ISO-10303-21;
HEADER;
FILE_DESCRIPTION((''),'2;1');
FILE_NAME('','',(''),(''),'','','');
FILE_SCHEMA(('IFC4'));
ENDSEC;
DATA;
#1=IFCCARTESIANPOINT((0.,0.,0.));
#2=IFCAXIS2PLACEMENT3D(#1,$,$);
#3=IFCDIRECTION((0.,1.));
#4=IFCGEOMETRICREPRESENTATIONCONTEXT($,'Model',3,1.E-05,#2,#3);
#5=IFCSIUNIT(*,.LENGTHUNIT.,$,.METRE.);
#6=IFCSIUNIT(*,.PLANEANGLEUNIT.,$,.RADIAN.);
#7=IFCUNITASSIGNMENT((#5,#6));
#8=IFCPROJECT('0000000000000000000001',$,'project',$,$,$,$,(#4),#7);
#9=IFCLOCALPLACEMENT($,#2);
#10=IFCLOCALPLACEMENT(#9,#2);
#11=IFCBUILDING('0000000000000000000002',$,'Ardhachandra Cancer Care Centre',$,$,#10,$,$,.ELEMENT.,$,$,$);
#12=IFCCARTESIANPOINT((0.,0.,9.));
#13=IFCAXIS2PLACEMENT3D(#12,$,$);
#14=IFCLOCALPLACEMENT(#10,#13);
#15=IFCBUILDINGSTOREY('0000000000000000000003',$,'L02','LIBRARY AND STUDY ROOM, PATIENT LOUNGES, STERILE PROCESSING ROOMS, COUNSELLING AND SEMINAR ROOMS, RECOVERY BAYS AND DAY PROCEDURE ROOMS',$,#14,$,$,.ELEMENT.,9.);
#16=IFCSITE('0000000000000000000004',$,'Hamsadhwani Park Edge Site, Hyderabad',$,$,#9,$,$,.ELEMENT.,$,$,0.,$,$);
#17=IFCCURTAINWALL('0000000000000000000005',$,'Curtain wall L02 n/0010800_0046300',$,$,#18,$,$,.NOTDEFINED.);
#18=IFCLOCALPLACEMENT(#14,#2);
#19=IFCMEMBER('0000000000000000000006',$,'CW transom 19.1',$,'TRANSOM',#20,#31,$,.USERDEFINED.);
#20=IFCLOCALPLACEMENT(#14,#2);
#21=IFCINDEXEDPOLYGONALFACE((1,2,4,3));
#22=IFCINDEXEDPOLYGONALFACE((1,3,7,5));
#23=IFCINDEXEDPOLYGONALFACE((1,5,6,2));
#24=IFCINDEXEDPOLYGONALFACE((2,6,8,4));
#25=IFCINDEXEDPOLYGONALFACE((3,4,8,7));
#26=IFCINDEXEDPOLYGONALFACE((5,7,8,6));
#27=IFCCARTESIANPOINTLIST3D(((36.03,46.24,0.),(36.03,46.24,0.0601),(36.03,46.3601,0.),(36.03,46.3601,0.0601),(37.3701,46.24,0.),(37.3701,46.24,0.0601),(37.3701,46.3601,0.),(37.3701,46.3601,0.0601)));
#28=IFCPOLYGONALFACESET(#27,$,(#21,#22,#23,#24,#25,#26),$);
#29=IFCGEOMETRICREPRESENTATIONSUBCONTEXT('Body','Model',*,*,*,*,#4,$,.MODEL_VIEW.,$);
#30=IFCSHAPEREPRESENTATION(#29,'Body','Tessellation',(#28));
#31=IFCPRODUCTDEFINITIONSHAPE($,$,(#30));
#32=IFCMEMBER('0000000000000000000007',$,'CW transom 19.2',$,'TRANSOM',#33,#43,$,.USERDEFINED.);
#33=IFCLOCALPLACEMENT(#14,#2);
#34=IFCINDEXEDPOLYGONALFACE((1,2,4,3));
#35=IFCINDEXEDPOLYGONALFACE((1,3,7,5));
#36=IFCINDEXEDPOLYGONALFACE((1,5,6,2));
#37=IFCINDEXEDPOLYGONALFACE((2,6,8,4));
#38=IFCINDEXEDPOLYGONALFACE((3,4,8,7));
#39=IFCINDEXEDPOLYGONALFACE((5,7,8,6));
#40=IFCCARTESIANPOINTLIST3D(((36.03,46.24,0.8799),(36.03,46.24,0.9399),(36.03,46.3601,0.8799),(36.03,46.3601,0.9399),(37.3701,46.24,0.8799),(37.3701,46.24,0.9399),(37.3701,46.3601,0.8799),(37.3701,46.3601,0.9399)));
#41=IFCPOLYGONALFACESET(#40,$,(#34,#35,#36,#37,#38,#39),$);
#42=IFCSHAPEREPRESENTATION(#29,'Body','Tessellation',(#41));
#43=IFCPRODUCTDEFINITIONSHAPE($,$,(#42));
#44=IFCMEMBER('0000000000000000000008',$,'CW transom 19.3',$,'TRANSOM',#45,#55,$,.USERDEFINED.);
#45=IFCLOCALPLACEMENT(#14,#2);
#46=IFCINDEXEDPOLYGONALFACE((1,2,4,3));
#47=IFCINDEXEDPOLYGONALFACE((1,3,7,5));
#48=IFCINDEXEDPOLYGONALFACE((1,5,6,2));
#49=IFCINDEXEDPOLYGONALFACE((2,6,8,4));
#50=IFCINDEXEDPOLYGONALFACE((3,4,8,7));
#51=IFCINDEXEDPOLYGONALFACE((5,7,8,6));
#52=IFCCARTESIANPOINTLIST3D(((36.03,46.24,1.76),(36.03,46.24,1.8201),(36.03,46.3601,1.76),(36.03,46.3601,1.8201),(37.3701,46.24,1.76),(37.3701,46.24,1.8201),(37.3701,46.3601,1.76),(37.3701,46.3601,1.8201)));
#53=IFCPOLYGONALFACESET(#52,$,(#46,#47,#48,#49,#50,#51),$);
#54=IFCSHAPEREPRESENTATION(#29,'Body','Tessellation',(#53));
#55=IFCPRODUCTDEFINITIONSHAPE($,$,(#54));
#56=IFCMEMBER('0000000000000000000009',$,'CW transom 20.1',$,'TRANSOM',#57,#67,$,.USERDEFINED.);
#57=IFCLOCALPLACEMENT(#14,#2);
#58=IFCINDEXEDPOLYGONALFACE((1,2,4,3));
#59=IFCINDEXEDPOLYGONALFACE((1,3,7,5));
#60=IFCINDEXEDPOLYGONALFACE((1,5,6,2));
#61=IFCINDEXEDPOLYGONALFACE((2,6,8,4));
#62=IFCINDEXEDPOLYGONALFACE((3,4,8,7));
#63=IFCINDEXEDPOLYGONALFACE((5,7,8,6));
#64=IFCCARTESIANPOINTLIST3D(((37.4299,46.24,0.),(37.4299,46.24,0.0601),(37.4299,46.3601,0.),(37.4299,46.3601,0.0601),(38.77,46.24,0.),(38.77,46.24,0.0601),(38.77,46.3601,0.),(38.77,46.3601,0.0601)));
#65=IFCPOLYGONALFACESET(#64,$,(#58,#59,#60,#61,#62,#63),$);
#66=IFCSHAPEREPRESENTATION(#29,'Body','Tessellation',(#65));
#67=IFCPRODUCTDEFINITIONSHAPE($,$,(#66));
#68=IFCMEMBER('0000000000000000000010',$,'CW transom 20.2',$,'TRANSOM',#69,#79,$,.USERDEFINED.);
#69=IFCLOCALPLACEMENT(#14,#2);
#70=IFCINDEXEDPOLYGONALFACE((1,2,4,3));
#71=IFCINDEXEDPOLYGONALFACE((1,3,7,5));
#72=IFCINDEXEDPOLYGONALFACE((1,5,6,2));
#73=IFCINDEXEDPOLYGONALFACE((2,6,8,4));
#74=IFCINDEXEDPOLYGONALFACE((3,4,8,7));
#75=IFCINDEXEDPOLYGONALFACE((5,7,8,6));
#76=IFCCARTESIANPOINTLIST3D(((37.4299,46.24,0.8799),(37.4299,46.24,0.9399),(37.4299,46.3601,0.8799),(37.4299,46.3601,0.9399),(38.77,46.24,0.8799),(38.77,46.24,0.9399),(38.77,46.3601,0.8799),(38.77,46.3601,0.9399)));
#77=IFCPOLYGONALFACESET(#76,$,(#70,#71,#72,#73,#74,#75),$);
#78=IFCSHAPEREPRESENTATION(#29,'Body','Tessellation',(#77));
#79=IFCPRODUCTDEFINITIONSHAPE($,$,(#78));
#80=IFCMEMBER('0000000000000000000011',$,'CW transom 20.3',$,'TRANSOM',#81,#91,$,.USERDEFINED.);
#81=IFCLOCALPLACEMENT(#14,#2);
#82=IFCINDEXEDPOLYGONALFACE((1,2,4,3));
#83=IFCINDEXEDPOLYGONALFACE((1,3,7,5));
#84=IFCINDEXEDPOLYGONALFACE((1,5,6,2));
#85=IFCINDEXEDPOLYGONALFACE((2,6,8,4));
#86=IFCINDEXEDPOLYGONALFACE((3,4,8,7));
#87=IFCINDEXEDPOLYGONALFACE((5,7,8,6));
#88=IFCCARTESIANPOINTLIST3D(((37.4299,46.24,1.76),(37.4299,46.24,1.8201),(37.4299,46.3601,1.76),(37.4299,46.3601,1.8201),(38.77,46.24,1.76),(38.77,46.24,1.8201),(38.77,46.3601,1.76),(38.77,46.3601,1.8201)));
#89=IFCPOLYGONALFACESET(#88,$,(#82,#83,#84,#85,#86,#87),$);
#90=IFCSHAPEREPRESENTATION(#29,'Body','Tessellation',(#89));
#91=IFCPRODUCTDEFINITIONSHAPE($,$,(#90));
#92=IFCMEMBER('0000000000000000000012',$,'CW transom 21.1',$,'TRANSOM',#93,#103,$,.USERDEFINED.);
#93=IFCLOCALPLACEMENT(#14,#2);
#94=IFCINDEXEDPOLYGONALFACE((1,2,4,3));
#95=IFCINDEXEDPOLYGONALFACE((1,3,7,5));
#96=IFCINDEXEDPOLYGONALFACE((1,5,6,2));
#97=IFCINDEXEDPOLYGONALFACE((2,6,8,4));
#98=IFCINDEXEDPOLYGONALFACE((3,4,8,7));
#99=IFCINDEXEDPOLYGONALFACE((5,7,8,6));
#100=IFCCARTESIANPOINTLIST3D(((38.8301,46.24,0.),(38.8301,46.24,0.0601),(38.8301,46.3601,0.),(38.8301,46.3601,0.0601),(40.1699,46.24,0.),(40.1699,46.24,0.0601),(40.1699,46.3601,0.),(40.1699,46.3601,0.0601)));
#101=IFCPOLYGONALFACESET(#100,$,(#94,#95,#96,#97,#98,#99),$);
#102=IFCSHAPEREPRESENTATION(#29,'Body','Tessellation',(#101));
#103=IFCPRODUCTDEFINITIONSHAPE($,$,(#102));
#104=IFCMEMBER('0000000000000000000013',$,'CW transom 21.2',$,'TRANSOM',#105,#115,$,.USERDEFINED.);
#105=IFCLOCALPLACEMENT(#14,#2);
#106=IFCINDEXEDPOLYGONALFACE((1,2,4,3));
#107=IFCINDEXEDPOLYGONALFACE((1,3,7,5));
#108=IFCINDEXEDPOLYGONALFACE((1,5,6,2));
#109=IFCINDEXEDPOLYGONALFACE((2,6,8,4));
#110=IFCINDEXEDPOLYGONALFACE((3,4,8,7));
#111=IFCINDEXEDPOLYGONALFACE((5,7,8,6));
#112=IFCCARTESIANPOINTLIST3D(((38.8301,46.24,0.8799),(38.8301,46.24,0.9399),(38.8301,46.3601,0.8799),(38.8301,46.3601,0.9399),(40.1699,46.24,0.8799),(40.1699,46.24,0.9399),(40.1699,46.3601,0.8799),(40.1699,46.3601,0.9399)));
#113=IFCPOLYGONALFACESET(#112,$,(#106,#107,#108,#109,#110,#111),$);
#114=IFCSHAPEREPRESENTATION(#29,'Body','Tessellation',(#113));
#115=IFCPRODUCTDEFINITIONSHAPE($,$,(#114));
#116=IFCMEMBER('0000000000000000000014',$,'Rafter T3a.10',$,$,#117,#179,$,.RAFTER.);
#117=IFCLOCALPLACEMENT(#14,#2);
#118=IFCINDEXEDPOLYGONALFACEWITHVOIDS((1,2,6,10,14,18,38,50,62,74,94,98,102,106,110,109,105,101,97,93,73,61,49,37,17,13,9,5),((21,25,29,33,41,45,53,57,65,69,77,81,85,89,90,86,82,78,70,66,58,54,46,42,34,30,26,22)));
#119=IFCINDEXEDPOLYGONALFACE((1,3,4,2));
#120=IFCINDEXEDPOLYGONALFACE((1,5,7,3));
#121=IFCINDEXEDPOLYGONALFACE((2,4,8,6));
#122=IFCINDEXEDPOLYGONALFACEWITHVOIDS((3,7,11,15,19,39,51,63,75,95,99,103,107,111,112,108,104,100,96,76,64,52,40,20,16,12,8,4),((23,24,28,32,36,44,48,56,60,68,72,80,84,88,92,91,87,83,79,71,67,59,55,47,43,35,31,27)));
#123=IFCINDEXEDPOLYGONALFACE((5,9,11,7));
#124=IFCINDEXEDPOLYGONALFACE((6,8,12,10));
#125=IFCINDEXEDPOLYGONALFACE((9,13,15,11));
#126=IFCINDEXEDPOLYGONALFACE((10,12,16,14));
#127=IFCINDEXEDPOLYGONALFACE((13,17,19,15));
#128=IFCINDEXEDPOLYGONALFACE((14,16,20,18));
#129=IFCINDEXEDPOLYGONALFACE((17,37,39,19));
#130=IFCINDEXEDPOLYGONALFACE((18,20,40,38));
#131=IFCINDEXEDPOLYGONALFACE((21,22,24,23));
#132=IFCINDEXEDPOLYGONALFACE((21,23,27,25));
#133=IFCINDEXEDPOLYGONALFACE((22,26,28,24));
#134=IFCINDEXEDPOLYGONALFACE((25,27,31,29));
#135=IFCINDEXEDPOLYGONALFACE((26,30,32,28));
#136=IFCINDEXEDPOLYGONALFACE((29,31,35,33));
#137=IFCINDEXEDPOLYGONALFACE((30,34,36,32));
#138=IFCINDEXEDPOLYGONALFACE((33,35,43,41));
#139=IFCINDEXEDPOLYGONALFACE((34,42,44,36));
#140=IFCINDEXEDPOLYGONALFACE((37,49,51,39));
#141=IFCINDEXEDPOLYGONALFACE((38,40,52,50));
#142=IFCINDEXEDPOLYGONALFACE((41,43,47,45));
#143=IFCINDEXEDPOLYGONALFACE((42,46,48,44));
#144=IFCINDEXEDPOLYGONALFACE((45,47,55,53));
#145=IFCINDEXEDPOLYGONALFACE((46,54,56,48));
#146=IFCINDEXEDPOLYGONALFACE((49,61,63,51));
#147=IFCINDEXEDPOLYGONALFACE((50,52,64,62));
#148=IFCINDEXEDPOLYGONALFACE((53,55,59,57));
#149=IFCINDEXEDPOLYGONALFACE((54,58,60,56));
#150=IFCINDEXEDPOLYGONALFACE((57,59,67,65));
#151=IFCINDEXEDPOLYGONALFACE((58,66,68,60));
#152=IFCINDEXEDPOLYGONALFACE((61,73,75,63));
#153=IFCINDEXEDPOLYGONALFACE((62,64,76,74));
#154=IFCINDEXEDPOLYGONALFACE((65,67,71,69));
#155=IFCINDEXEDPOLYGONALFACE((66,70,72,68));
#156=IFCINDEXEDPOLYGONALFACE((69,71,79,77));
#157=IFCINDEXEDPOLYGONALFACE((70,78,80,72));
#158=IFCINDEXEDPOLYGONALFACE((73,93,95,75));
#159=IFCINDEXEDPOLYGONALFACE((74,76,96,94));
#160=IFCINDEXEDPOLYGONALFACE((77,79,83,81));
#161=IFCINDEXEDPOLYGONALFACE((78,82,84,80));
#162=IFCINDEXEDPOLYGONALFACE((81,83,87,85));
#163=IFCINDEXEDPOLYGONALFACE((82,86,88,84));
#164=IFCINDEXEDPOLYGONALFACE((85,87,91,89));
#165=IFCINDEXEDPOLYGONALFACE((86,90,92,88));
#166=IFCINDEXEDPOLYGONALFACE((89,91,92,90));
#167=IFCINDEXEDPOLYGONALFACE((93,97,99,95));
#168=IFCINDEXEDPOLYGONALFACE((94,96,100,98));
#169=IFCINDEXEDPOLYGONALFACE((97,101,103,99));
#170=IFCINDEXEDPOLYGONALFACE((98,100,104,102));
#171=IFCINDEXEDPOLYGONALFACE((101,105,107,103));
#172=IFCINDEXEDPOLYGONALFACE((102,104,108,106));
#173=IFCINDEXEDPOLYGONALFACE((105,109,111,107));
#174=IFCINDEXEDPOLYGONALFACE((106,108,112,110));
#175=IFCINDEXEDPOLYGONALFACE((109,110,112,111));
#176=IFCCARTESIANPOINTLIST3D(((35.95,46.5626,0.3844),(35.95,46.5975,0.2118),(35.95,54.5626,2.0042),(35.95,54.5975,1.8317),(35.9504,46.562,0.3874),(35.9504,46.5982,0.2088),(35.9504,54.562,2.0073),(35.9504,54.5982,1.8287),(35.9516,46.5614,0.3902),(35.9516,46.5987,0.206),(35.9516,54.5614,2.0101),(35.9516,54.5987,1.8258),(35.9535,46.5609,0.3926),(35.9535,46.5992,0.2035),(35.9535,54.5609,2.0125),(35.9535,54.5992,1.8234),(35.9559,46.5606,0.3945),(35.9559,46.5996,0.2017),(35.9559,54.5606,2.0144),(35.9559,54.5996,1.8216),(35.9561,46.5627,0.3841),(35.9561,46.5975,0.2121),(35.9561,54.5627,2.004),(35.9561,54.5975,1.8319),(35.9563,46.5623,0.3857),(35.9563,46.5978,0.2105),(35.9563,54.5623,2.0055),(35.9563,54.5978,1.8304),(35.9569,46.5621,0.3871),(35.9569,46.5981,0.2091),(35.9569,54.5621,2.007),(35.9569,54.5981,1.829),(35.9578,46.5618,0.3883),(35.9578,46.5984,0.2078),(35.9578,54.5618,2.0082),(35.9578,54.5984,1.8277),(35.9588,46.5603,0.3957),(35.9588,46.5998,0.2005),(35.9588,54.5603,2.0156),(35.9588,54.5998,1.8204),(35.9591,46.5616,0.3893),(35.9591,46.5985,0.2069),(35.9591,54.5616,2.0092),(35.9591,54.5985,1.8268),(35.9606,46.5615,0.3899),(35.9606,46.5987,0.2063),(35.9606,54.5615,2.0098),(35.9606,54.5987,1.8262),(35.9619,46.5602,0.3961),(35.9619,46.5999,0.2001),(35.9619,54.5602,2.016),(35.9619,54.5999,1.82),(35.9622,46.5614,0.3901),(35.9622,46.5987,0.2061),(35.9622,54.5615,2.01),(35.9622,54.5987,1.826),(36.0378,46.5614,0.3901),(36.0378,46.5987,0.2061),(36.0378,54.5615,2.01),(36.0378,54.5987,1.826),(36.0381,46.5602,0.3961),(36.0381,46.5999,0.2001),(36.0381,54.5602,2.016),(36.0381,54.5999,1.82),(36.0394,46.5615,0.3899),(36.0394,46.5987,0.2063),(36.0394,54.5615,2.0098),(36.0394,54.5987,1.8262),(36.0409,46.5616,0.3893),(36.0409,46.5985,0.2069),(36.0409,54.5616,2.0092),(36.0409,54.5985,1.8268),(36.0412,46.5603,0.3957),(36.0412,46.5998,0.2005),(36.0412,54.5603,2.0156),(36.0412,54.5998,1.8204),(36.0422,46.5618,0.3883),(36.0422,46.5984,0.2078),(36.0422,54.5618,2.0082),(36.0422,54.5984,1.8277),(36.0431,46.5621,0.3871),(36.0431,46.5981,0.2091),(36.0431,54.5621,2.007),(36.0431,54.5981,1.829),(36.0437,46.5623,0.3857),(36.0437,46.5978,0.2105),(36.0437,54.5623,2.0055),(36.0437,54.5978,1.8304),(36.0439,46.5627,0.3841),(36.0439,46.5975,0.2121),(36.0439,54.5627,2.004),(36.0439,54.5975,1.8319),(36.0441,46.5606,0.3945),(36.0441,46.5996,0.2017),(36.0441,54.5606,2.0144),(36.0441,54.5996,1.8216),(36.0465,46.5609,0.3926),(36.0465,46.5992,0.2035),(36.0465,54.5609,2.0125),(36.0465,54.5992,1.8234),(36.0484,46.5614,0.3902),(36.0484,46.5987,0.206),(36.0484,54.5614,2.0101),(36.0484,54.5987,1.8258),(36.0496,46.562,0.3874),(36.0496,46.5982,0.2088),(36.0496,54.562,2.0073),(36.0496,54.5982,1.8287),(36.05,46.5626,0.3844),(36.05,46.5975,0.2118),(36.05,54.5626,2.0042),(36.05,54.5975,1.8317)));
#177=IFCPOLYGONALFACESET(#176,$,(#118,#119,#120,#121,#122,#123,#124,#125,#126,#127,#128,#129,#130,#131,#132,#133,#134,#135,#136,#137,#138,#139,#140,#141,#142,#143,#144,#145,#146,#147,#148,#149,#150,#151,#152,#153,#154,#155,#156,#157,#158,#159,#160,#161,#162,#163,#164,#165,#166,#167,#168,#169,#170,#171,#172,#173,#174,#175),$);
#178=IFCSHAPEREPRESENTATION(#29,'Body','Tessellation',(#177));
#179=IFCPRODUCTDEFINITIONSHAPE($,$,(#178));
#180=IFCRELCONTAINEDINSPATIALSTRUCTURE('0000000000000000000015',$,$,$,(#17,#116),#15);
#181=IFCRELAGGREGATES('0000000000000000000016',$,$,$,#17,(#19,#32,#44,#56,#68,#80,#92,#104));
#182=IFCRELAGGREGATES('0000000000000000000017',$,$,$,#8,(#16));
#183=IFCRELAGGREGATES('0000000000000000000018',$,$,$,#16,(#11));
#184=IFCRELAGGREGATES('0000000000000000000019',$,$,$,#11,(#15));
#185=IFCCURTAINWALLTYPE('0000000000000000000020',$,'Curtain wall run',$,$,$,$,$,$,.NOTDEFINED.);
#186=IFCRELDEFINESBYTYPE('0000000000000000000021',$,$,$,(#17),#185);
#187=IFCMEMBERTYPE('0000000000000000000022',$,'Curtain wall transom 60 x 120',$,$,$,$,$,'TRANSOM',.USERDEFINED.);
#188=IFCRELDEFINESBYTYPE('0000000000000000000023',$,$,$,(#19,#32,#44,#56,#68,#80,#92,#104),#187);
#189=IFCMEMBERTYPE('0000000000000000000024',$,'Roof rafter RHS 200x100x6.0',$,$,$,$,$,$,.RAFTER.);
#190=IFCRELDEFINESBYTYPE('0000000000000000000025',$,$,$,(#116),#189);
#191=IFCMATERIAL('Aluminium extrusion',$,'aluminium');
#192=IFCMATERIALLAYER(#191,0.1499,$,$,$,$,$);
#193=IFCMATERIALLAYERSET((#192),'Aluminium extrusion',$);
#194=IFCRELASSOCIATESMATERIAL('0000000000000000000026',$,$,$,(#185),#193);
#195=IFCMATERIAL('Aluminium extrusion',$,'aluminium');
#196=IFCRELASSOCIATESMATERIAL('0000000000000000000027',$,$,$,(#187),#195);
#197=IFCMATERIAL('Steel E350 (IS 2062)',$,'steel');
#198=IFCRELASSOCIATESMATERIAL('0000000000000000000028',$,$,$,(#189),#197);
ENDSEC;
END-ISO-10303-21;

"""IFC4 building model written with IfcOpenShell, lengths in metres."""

from ifc_helpers import new_model, si_unit, direction, frame, origin, origin_2d, place, context, subcontext, project, spatial, rectangle, hollow_rectangle, extrude, material, layer, layer_set, material_profile, profile_set, type_object, element, aggregate, save


model = new_model("IFC4")

# Units and contexts
model_context = context("Model", 3, precision=1e-05, world=origin(), true_north=direction((0.0, 1.0)))
body_context = subcontext(model_context, "Body", "Model", "MODEL_VIEW")
ifc_project = project(units=[si_unit("LENGTHUNIT", "METRE"), si_unit("PLANEANGLEUNIT", "RADIAN")], contexts=[model_context])

# Site, building, storey
site_placement = place(None, origin())
site = spatial("IfcSite", under=ifc_project, at=site_placement, Name="Hamsadhwani Park Edge Site, Hyderabad", CompositionType="ELEMENT", RefElevation=0.0)
building_placement = place(site_placement, origin())
building = spatial("IfcBuilding", under=site, at=building_placement, Name="Ardhachandra Cancer Care Centre", CompositionType="ELEMENT")
storey_placement = place(building_placement, frame((0.0, 0.0, 9.0)))
storey = spatial("IfcBuildingStorey", under=building, at=storey_placement, Name="L02", Description="LIBRARY AND STUDY ROOM, PATIENT LOUNGES, STERILE PROCESSING ROOMS, COUNSELLING AND SEMINAR ROOMS, RECOVERY BAYS AND DAY PROCEDURE ROOMS", CompositionType="ELEMENT", Elevation=9.0)

# Curtain wall, members
ifc_material_1 = material(Name="Aluminium extrusion", Category="aluminium")
ifc_layer_1 = layer(ifc_material_1, 0.1499)
ifc_layer_set_1 = layer_set([ifc_layer_1], Name="Aluminium extrusion")
curtain_wall_type = type_object("IfcCurtainWallType", Name="Curtain wall run", PredefinedType="NOTDEFINED", material=ifc_layer_set_1)
curtain_wall_placement = place(storey_placement, origin())
curtain_wall = element("IfcCurtainWall", 1, at=curtain_wall_placement, inside=storey, type_object=curtain_wall_type, Name="Curtain wall L02 n/0010800_0046300", PredefinedType="NOTDEFINED")
ifc_material_2 = material(Name="Aluminium extrusion", Category="aluminium")
ifc_material_profile_1 = material_profile(ifc_material_2, rectangle(XDim=0.1201, YDim=0.0601, at=origin_2d()), Name="Curtain wall transom 60 x 120")
ifc_profile_set_1 = profile_set([ifc_material_profile_1], Name="Aluminium extrusion")
member_type_1 = type_object("IfcMemberType", Name="Curtain wall transom 60 x 120", ElementType="TRANSOM", PredefinedType="USERDEFINED", material=ifc_profile_set_1)
member_1_placement = place(storey_placement, frame((36.03, 46.3, 0.03), z_axis=(1.0, 0.0, 0.0), x_axis=(0.0, 1.0, 0.0)))
member_1 = element("IfcMember", 2, at=member_1_placement, type_object=member_type_1, Name="CW transom 19.1", ObjectType="TRANSOM", PredefinedType="USERDEFINED", context=body_context, shape_type="SweptSolid", body=[
    extrude(rectangle(XDim=0.1201, YDim=0.0601, at=origin_2d()), origin(), (0.0, 0.0, 1.0), 1.3401),
])
member_2_placement = place(storey_placement, frame((36.03, 46.3, 0.9099), z_axis=(1.0, 0.0, 0.0), x_axis=(0.0, 1.0, 0.0)))
member_2 = element("IfcMember", 3, at=member_2_placement, type_object=member_type_1, Name="CW transom 19.2", ObjectType="TRANSOM", PredefinedType="USERDEFINED", context=body_context, shape_type="SweptSolid", body=[
    extrude(rectangle(XDim=0.1201, YDim=0.0601, at=origin_2d()), origin(), (0.0, 0.0, 1.0), 1.3401),
])
member_3_placement = place(storey_placement, frame((36.03, 46.3, 1.79), z_axis=(1.0, 0.0, 0.0), x_axis=(0.0, 1.0, 0.0)))
member_3 = element("IfcMember", 4, at=member_3_placement, type_object=member_type_1, Name="CW transom 19.3", ObjectType="TRANSOM", PredefinedType="USERDEFINED", context=body_context, shape_type="SweptSolid", body=[
    extrude(rectangle(XDim=0.1201, YDim=0.0601, at=origin_2d()), origin(), (0.0, 0.0, 1.0), 1.3401),
])
member_4_placement = place(storey_placement, frame((37.4299, 46.3, 0.03), z_axis=(1.0, 0.0, 0.0), x_axis=(0.0, 1.0, 0.0)))
member_4 = element("IfcMember", 5, at=member_4_placement, type_object=member_type_1, Name="CW transom 20.1", ObjectType="TRANSOM", PredefinedType="USERDEFINED", context=body_context, shape_type="SweptSolid", body=[
    extrude(rectangle(XDim=0.1201, YDim=0.0601, at=origin_2d()), origin(), (0.0, 0.0, 1.0), 1.3401),
])
member_5_placement = place(storey_placement, frame((37.4299, 46.3, 0.9099), z_axis=(1.0, 0.0, 0.0), x_axis=(0.0, 1.0, 0.0)))
member_5 = element("IfcMember", 6, at=member_5_placement, type_object=member_type_1, Name="CW transom 20.2", ObjectType="TRANSOM", PredefinedType="USERDEFINED", context=body_context, shape_type="SweptSolid", body=[
    extrude(rectangle(XDim=0.1201, YDim=0.0601, at=origin_2d()), origin(), (0.0, 0.0, 1.0), 1.3401),
])
member_6_placement = place(storey_placement, frame((37.4299, 46.3, 1.79), z_axis=(1.0, 0.0, 0.0), x_axis=(0.0, 1.0, 0.0)))
member_6 = element("IfcMember", 7, at=member_6_placement, type_object=member_type_1, Name="CW transom 20.3", ObjectType="TRANSOM", PredefinedType="USERDEFINED", context=body_context, shape_type="SweptSolid", body=[
    extrude(rectangle(XDim=0.1201, YDim=0.0601, at=origin_2d()), origin(), (0.0, 0.0, 1.0), 1.3401),
])
member_7_placement = place(storey_placement, frame((38.8301, 46.3, 0.03), z_axis=(1.0, 0.0, 0.0), x_axis=(0.0, 1.0, 0.0)))
member_7 = element("IfcMember", 8, at=member_7_placement, type_object=member_type_1, Name="CW transom 21.1", ObjectType="TRANSOM", PredefinedType="USERDEFINED", context=body_context, shape_type="SweptSolid", body=[
    extrude(rectangle(XDim=0.1201, YDim=0.0601, at=origin_2d()), origin(), (0.0, 0.0, 1.0), 1.3398),
])
member_8_placement = place(storey_placement, frame((38.8301, 46.3, 0.9099), z_axis=(1.0, 0.0, 0.0), x_axis=(0.0, 1.0, 0.0)))
member_8 = element("IfcMember", 9, at=member_8_placement, type_object=member_type_1, Name="CW transom 21.2", ObjectType="TRANSOM", PredefinedType="USERDEFINED", context=body_context, shape_type="SweptSolid", body=[
    extrude(rectangle(XDim=0.1201, YDim=0.0601, at=origin_2d()), origin(), (0.0, 0.0, 1.0), 1.3398),
])

# Member
ifc_material_3 = material(Name="Steel E350 (IS 2062)", Category="steel")
ifc_material_profile_2 = material_profile(ifc_material_3, hollow_rectangle(XDim=0.1001, YDim=0.2, WallThickness=0.0061, InnerFilletRadius=0.0061, OuterFilletRadius=0.012, at=origin_2d()), Name="RHS 200x100x6.0")
ifc_profile_set_2 = profile_set([ifc_material_profile_2], Name="Steel E350 (IS 2062)")
member_type_2 = type_object("IfcMemberType", Name="Roof rafter RHS 200x100x6.0", PredefinedType="RAFTER", material=ifc_profile_set_2)
for number, where, z_axis, x_axis, name in (
    (10, (36.0, 46.5801, 0.2981), (0.0, 0.98011, 0.198457), (-1.0, 0.0, 0.0), "Rafter T3a.10"),
):
    element("IfcMember", number, at=place(storey_placement, frame(where, z_axis=z_axis, x_axis=x_axis)), inside=storey, type_object=member_type_2, Name=name, PredefinedType="RAFTER", context=body_context, shape_type="SweptSolid", body=[
        extrude(hollow_rectangle(XDim=0.1001, YDim=0.2, WallThickness=0.0061, InnerFilletRadius=0.0061, OuterFilletRadius=0.012, at=origin_2d()), origin(), (0.0, 0.0, 1.0), 8.1624),
    ])

aggregate(curtain_wall, [member_1, member_2, member_3, member_4, member_5, member_6, member_7, member_8])

save(model, "model.ifc")
